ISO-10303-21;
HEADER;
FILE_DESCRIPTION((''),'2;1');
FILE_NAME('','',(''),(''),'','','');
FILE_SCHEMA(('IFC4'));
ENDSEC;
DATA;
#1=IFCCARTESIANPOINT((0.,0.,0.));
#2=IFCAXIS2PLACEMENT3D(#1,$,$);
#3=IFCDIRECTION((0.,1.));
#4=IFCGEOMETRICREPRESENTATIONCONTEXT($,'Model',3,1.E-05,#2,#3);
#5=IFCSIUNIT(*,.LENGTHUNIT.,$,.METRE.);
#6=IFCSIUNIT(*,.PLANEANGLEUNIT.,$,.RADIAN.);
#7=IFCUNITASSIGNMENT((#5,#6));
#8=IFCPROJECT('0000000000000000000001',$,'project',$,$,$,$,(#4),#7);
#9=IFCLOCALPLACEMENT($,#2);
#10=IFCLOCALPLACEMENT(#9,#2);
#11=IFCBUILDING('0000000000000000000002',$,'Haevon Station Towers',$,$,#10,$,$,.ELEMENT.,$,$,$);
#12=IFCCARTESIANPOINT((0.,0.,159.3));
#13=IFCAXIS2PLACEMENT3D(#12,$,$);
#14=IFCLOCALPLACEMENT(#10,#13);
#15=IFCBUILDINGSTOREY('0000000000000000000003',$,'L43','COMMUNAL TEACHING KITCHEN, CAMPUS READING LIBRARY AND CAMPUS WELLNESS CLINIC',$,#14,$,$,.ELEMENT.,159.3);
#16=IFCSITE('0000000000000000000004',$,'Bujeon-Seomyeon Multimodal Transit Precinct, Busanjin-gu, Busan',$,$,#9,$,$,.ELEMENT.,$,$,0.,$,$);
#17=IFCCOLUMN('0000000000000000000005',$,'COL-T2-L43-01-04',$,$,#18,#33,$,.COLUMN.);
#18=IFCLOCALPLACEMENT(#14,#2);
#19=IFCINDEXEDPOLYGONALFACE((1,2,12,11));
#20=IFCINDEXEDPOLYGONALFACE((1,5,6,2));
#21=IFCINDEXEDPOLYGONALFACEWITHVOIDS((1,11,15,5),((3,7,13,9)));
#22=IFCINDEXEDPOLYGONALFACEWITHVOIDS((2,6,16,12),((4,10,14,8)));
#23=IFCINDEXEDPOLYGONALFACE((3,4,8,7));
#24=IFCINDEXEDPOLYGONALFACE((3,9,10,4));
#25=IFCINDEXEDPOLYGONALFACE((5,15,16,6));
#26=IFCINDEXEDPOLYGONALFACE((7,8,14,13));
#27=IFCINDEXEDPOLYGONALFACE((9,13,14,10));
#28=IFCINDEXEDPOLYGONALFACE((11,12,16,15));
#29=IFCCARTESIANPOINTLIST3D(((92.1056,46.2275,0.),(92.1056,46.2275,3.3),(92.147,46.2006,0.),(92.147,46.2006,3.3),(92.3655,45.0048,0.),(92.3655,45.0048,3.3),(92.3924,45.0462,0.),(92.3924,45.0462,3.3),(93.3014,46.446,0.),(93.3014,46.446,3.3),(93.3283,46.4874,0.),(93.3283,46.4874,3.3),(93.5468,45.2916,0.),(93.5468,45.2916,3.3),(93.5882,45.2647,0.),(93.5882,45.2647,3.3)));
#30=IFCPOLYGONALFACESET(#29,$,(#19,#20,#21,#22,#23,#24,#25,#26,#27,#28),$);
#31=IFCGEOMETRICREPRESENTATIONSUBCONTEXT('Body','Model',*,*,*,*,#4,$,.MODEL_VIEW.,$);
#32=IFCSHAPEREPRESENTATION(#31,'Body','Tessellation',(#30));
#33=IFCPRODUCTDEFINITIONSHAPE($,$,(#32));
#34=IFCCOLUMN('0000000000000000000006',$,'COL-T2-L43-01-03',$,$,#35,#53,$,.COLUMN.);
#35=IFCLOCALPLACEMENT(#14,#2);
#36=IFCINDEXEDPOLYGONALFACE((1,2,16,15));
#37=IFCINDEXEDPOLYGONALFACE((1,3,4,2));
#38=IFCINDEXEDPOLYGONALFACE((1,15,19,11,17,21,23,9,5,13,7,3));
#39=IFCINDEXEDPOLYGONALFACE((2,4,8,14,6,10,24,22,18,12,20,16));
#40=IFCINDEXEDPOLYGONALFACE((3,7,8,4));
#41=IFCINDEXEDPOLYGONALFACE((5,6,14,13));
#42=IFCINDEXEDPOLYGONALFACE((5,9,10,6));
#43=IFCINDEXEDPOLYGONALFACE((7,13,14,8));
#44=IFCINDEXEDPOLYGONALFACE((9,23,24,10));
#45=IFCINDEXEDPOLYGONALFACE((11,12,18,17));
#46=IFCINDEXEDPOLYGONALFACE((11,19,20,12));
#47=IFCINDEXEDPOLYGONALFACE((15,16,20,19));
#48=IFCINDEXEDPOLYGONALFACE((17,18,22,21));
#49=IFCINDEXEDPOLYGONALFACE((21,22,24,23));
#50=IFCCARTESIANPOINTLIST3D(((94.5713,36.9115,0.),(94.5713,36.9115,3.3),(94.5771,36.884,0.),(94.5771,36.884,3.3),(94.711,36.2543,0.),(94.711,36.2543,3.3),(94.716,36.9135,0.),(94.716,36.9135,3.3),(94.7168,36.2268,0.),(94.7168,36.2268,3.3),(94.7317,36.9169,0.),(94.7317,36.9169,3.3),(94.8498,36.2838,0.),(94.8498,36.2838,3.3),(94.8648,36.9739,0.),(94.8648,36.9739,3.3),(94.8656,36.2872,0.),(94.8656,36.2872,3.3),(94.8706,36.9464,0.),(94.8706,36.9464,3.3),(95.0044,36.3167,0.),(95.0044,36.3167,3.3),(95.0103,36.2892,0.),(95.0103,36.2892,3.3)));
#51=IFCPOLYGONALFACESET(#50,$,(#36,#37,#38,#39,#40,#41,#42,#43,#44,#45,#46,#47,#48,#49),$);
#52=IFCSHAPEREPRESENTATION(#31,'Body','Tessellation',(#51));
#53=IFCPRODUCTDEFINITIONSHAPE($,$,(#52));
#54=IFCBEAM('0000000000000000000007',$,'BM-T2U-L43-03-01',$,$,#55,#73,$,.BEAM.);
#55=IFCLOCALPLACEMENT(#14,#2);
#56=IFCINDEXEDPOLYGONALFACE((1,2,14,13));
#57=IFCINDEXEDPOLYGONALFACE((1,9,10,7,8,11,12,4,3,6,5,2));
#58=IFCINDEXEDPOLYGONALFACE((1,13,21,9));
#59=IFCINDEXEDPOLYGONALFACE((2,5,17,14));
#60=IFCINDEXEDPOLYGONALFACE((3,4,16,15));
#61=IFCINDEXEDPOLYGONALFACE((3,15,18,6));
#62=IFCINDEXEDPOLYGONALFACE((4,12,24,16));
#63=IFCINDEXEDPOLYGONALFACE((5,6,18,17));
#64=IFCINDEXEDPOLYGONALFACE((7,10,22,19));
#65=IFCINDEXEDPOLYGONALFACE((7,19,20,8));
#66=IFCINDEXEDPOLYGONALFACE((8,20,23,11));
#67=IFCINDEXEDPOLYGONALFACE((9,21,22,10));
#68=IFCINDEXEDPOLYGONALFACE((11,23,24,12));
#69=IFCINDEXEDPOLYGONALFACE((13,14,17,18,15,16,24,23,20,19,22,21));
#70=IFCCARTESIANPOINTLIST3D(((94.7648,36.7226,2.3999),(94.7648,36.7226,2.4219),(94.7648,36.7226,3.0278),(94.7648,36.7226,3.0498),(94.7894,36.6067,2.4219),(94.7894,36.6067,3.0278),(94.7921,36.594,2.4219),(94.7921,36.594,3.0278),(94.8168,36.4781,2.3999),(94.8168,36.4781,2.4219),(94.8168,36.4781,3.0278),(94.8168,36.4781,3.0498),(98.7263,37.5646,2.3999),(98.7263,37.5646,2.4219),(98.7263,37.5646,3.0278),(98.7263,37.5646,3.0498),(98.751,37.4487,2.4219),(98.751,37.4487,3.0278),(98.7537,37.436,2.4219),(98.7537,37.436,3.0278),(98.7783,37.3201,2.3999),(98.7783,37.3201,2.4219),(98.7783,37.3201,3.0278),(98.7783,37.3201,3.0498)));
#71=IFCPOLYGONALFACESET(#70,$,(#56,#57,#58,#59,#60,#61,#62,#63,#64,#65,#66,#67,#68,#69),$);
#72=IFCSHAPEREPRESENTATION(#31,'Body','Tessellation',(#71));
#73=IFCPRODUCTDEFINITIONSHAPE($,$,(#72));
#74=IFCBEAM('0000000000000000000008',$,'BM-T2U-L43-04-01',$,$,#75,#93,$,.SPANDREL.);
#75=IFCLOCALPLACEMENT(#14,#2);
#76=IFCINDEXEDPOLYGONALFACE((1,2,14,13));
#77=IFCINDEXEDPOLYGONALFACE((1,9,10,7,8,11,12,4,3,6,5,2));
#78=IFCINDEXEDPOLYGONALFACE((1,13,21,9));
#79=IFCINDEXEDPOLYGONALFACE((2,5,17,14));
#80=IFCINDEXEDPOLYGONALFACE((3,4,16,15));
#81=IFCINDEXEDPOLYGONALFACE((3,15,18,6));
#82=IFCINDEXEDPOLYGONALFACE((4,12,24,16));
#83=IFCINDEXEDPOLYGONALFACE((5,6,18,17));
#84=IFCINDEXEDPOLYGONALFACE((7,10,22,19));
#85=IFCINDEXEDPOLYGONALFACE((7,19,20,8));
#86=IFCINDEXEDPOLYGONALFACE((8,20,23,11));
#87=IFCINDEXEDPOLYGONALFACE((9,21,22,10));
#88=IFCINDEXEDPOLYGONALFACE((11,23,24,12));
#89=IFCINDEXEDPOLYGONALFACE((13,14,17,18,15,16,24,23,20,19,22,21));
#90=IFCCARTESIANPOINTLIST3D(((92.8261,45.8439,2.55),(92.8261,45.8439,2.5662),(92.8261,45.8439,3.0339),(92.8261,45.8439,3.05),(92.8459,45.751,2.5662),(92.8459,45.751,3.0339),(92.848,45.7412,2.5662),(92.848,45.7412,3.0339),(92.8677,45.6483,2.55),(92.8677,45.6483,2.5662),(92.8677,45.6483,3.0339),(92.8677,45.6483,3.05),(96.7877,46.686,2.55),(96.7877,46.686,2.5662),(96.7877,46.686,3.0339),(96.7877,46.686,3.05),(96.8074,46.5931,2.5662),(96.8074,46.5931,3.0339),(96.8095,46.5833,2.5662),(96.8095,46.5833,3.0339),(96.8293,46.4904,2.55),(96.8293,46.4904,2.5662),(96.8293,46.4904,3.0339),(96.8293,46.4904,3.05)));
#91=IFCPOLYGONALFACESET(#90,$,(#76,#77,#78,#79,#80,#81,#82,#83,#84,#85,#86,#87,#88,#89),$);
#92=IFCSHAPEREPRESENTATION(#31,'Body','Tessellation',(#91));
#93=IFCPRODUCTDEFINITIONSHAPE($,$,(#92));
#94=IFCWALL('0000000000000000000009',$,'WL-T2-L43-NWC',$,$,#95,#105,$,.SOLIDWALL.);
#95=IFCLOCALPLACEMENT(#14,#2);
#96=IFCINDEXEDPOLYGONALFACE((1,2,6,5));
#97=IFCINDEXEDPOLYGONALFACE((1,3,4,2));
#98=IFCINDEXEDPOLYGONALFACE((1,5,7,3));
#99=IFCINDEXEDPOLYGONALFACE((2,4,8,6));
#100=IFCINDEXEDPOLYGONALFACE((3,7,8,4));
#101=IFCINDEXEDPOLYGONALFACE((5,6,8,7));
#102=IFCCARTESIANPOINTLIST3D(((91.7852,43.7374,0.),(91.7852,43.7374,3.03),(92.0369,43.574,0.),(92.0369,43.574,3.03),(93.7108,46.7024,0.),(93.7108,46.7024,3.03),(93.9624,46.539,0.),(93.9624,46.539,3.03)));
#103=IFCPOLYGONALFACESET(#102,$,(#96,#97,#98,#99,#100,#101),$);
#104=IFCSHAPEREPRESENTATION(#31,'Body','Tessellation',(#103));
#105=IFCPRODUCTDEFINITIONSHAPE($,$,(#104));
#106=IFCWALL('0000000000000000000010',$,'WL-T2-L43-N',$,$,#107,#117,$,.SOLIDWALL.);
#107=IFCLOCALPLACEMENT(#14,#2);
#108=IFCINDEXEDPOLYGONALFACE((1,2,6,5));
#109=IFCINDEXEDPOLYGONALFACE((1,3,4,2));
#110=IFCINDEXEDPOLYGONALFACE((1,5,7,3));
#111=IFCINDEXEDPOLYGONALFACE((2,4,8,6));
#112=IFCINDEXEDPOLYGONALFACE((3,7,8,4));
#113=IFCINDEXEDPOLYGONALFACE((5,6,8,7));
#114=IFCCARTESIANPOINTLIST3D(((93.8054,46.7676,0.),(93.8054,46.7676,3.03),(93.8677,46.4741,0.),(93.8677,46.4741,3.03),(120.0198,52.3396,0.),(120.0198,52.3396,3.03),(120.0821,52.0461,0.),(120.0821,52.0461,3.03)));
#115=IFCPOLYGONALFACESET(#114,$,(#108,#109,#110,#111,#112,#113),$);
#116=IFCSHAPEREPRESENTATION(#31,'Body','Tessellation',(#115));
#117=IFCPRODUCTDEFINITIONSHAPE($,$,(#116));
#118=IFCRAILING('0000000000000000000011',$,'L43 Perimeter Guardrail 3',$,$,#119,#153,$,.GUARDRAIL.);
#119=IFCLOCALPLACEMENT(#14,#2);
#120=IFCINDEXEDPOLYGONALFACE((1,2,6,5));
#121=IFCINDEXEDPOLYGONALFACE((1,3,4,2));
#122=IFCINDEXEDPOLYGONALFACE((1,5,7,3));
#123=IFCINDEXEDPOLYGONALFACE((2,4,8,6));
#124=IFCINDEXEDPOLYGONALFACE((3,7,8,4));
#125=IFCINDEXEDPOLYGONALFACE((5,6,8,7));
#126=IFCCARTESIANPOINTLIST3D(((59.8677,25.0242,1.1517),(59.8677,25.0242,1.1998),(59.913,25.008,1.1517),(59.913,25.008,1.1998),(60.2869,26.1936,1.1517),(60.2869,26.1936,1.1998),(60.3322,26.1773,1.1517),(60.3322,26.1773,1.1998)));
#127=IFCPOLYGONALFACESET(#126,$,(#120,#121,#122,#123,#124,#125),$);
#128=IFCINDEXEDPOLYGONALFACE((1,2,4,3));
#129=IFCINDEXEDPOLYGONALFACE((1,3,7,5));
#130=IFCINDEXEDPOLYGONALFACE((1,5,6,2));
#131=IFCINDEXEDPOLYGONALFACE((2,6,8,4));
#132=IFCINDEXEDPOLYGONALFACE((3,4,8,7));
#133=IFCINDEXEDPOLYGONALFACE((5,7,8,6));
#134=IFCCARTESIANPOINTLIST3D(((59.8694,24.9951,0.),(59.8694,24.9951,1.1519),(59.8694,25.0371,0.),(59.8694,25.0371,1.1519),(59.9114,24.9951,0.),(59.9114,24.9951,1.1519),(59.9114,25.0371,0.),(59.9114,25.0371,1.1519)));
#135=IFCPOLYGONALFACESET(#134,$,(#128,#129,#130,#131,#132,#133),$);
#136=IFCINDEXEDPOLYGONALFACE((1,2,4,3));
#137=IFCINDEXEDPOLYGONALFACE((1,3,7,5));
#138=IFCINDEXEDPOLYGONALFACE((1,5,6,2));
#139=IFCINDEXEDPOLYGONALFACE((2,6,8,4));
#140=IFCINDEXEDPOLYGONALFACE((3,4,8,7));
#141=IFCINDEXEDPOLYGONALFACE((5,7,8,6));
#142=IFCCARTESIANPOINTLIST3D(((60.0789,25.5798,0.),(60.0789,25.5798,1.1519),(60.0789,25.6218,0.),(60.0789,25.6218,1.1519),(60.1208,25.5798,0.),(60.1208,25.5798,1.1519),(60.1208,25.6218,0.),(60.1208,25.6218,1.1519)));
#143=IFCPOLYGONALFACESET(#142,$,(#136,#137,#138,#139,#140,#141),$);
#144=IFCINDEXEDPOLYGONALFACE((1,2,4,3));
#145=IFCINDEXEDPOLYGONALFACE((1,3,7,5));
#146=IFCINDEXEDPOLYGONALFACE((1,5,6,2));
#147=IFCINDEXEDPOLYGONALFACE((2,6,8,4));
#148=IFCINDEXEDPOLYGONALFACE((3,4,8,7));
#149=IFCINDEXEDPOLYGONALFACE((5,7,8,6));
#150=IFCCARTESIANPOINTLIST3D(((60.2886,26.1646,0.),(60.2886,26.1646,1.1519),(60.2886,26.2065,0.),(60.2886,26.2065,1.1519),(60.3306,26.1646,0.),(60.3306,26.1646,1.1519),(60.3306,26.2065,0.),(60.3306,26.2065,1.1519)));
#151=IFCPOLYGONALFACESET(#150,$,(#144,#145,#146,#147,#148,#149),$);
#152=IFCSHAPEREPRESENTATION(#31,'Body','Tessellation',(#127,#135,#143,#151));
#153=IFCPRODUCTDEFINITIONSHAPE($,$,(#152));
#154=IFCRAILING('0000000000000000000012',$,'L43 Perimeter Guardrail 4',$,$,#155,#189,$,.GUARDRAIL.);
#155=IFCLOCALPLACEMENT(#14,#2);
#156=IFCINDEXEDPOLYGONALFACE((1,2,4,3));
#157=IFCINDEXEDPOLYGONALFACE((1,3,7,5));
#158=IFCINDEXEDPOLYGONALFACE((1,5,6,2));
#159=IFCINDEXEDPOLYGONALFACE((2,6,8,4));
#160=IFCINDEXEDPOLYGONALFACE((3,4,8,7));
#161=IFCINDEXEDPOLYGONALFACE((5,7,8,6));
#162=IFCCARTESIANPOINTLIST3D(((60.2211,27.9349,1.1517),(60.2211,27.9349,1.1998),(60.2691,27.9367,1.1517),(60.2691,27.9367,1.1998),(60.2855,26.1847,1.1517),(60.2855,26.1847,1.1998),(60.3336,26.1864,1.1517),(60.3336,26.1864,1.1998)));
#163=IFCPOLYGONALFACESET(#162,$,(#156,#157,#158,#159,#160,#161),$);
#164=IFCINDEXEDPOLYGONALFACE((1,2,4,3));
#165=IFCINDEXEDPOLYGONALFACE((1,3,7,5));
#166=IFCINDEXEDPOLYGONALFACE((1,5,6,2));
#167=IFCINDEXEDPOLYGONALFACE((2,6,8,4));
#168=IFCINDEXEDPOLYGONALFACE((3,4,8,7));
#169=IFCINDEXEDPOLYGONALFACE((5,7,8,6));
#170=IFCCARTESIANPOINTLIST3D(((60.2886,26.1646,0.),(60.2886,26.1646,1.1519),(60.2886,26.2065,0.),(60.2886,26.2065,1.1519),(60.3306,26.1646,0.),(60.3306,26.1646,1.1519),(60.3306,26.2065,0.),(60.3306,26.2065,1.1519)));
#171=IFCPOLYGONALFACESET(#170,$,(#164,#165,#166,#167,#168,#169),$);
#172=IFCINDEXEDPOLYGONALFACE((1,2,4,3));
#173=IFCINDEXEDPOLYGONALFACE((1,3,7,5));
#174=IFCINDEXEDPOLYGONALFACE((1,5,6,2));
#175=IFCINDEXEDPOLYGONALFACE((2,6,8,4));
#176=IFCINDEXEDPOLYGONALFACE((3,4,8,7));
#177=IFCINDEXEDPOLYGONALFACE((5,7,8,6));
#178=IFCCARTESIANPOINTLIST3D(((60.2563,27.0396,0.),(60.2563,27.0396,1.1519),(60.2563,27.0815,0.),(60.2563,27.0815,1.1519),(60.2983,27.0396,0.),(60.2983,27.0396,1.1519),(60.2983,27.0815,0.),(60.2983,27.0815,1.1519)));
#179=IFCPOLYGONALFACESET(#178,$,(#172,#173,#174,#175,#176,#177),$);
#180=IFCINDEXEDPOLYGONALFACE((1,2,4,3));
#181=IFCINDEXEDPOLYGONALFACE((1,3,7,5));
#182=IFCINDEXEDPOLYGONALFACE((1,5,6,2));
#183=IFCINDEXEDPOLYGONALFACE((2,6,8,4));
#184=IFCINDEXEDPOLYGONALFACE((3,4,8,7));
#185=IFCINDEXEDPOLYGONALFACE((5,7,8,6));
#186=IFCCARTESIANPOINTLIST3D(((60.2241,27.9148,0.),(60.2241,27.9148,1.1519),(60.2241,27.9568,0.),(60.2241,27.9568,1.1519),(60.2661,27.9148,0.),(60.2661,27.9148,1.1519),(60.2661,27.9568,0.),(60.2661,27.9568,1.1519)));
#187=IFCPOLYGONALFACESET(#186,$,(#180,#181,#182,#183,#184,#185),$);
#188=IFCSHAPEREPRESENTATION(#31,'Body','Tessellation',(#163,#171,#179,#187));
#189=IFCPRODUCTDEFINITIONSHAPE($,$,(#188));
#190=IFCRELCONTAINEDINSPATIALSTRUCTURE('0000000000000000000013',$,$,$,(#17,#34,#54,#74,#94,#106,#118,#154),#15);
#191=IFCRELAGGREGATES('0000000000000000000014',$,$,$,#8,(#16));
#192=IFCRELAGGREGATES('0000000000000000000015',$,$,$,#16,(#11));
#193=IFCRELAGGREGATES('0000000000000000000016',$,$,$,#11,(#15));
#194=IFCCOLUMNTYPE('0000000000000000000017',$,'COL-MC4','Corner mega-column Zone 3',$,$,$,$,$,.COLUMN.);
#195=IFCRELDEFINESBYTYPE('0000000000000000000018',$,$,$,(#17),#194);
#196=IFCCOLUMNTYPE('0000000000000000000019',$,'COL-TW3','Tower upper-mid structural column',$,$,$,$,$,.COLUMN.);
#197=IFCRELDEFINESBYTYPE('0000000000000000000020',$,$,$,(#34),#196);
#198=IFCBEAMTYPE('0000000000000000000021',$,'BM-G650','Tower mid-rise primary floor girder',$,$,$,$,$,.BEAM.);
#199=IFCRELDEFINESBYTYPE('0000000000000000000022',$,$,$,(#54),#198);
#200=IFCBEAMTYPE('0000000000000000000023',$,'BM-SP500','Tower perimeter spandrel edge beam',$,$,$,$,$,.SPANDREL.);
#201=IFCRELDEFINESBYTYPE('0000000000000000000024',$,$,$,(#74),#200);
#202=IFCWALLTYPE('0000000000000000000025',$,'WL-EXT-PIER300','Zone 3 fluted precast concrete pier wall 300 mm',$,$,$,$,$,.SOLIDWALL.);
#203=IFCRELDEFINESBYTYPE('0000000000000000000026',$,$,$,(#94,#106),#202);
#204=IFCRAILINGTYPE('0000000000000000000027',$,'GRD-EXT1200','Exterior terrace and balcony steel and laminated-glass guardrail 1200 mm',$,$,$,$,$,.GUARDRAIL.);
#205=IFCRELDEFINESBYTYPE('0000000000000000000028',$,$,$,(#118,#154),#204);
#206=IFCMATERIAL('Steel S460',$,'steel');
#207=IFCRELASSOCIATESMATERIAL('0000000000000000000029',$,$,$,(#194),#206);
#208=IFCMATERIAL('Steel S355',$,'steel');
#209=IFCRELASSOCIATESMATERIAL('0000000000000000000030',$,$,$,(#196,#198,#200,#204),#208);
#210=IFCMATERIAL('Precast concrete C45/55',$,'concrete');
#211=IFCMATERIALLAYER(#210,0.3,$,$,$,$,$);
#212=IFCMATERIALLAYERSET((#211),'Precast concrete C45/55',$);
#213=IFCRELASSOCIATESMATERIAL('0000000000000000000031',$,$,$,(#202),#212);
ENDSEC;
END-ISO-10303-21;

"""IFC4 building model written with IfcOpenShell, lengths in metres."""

from ifc_helpers import new_model, si_unit, direction, frame, frame_2d, origin, origin_2d, place, context, subcontext, project, spatial, rectangle, hollow_rectangle, i_section, extrude, material, layer, layer_set, material_profile, profile_set, type_object, element, save


model = new_model("IFC4")

# Units and contexts
model_context = context("Model", 3, precision=1e-05, world=origin(), true_north=direction((0.0, 1.0)))
body_context = subcontext(model_context, "Body", "Model", "MODEL_VIEW")
ifc_project = project(units=[si_unit("LENGTHUNIT", "METRE"), si_unit("PLANEANGLEUNIT", "RADIAN")], contexts=[model_context])

# Site, building, storey
site_placement = place(None, origin())
site = spatial("IfcSite", under=ifc_project, at=site_placement, Name="Bujeon-Seomyeon Multimodal Transit Precinct, Busanjin-gu, Busan", CompositionType="ELEMENT", RefElevation=0.0)
building_placement = place(site_placement, origin())
building = spatial("IfcBuilding", under=site, at=building_placement, Name="Haevon Station Towers", CompositionType="ELEMENT")
storey_placement = place(building_placement, frame((0.0, 0.0, 159.3)))
storey = spatial("IfcBuildingStorey", under=building, at=storey_placement, Name="L43", Description="COMMUNAL TEACHING KITCHEN, CAMPUS READING LIBRARY AND CAMPUS WELLNESS CLINIC", CompositionType="ELEMENT", Elevation=159.3)

# Columns
ifc_material_1 = material(Name="Steel S460", Category="steel")
ifc_material_profile_1 = material_profile(ifc_material_1, hollow_rectangle(XDim=1.25, YDim=1.25, WallThickness=0.0349, at=origin_2d()), Name="BOX-1250x1250x35")
ifc_profile_set_1 = profile_set([ifc_material_profile_1], Name="Steel S460")
column_type_1 = type_object("IfcColumnType", Name="COL-MC4", Description="Corner mega-column Zone 3", PredefinedType="COLUMN", material=ifc_profile_set_1)
column_1_placement = place(storey_placement, frame((92.8469, 45.7461, 0.0), z_axis=(0.0, 0.0, 1.0), x_axis=(0.978148, 0.207912, 0.0)))
element("IfcColumn", 1, at=column_1_placement, inside=storey, type_object=column_type_1, Name="COL-T2-L43-01-04", PredefinedType="COLUMN", context=body_context, shape_type="SweptSolid", body=[
    extrude(hollow_rectangle(XDim=1.25, YDim=1.25, WallThickness=0.0349, at=origin_2d()), origin(), (0.0, 0.0, 1.0), 3.3),
])
ifc_material_2 = material(Name="Steel S355", Category="steel")
ifc_material_profile_2 = material_profile(ifc_material_2, i_section(OverallWidth=0.3, OverallDepth=0.7, WebThickness=0.0161, FlangeThickness=0.0281, at=origin_2d()), Name="H-700x300x16x28")
ifc_profile_set_2 = profile_set([ifc_material_profile_2], Name="Steel S355")
column_type_2 = type_object("IfcColumnType", Name="COL-TW3", Description="Tower upper-mid structural column", PredefinedType="COLUMN", material=ifc_profile_set_2)
column_2_placement = place(storey_placement, frame((94.7908, 36.6003, 0.0), z_axis=(0.0, 0.0, 1.0), x_axis=(0.978148, 0.207912, 0.0)))
element("IfcColumn", 2, at=column_2_placement, inside=storey, type_object=column_type_2, Name="COL-T2-L43-01-03", PredefinedType="COLUMN", context=body_context, shape_type="SweptSolid", body=[
    extrude(i_section(OverallWidth=0.3, OverallDepth=0.7, WebThickness=0.0161, FlangeThickness=0.0281, at=origin_2d()), origin(), (0.0, 0.0, 1.0), 3.3),
])

# Beams
ifc_material_profile_3 = material_profile(ifc_material_2, i_section(OverallWidth=0.25, OverallDepth=0.6499, WebThickness=0.0129, FlangeThickness=0.022, at=origin_2d()), Name="H-650x250x13x22")
ifc_profile_set_3 = profile_set([ifc_material_profile_3], Name="Steel S355")
beam_type_1 = type_object("IfcBeamType", Name="BM-G650", Description="Tower mid-rise primary floor girder", PredefinedType="BEAM", material=ifc_profile_set_3)
beam_1_placement = place(storey_placement, frame((94.7908, 36.6003, 2.7249), z_axis=(0.97815, 0.207903, 0.0), x_axis=(-0.207903, 0.97815, 0.0)))
element("IfcBeam", 3, at=beam_1_placement, inside=storey, type_object=beam_type_1, Name="BM-T2U-L43-03-01", PredefinedType="BEAM", context=body_context, shape_type="SweptSolid", body=[
    extrude(i_section(OverallWidth=0.25, OverallDepth=0.6499, WebThickness=0.0129, FlangeThickness=0.022, at=origin_2d()), origin(), (0.0, 0.0, 1.0), 4.05),
])
ifc_material_profile_4 = material_profile(ifc_material_2, i_section(OverallWidth=0.2, OverallDepth=0.5, WebThickness=0.01, FlangeThickness=0.0161, at=origin_2d()), Name="H-500x200x10x16")
ifc_profile_set_4 = profile_set([ifc_material_profile_4], Name="Steel S355")
beam_type_2 = type_object("IfcBeamType", Name="BM-SP500", Description="Tower perimeter spandrel edge beam", PredefinedType="SPANDREL", material=ifc_profile_set_4)
beam_2_placement = place(storey_placement, frame((92.8469, 45.7461, 2.8), z_axis=(0.978147, 0.207915, 0.0), x_axis=(-0.207915, 0.978147, 0.0)))
element("IfcBeam", 4, at=beam_2_placement, inside=storey, type_object=beam_type_2, Name="BM-T2U-L43-04-01", PredefinedType="SPANDREL", context=body_context, shape_type="SweptSolid", body=[
    extrude(i_section(OverallWidth=0.2, OverallDepth=0.5, WebThickness=0.01, FlangeThickness=0.0161, at=origin_2d()), origin(), (0.0, 0.0, 1.0), 4.05),
])

# Walls
ifc_material_3 = material(Name="Precast concrete C45/55", Category="concrete")
ifc_layer = layer(ifc_material_3, 0.3)
ifc_layer_set = layer_set([ifc_layer], Name="Precast concrete C45/55")
wall_type = type_object("IfcWallType", Name="WL-EXT-PIER300", Description="Zone 3 fluted precast concrete pier wall 300 mm", PredefinedType="SOLIDWALL", material=ifc_layer_set)
wall_1_placement = place(storey_placement, frame((91.9111, 43.6558, 0.0), z_axis=(0.0, 0.0, 1.0), x_axis=(0.544636, 0.838672, 0.0)))
element("IfcWall", 5, at=wall_1_placement, inside=storey, type_object=wall_type, Name="WL-T2-L43-NWC", PredefinedType="SOLIDWALL", context=body_context, shape_type="SweptSolid", body=[
    extrude(rectangle(XDim=3.5354, YDim=0.3, at=frame_2d((1.7676, 0.0))), origin(), (0.0, 0.0, 1.0), 3.03),
])
wall_2_placement = place(storey_placement, frame((93.8367, 46.6208, 0.0), z_axis=(0.0, 0.0, 1.0), x_axis=(0.978148, 0.207911, 0.0)))
element("IfcWall", 6, at=wall_2_placement, inside=storey, type_object=wall_type, Name="WL-T2-L43-N", PredefinedType="SOLIDWALL", context=body_context, shape_type="SweptSolid", body=[
    extrude(rectangle(XDim=26.8, YDim=0.3, at=frame_2d((13.3999, 0.0))), origin(), (0.0, 0.0, 1.0), 3.03),
])

# Railings
railing_type = type_object("IfcRailingType", Name="GRD-EXT1200", Description="Exterior terrace and balcony steel and laminated-glass guardrail 1200 mm", PredefinedType="GUARDRAIL", material=ifc_material_2)
railing_1_placement = place(storey_placement, frame((59.8904, 25.0161, 0.0)))
element("IfcRailing", 7, at=railing_1_placement, inside=storey, type_object=railing_type, Name="L43 Perimeter Guardrail 3", PredefinedType="GUARDRAIL", context=body_context, shape_type="SweptSolid", body=[
    extrude(rectangle(XDim=0.0481, YDim=0.0481, at=origin_2d()), frame((0.0, 0.0, 1.1758), z_axis=(0.337432, 0.94135, 0.0), x_axis=(-0.94135, 0.337432, 0.0)), (0.0, 0.0, 1.0), 1.2422),
    extrude(rectangle(XDim=0.042, YDim=0.042, at=origin_2d()), origin(), (0.0, 0.0, 1.0), 1.1519),
    extrude(rectangle(XDim=0.042, YDim=0.042, at=origin_2d()), frame((0.2095, 0.5847, 0.0)), (0.0, 0.0, 1.0), 1.1519),
    extrude(rectangle(XDim=0.042, YDim=0.042, at=origin_2d()), frame((0.4192, 1.1694, 0.0)), (0.0, 0.0, 1.0), 1.1519),
])
railing_2_placement = place(storey_placement, frame((60.3096, 26.1855, 0.0)))
element("IfcRailing", 8, at=railing_2_placement, inside=storey, type_object=railing_type, Name="L43 Perimeter Guardrail 4", PredefinedType="GUARDRAIL", context=body_context, shape_type="SweptSolid", body=[
    extrude(rectangle(XDim=0.0481, YDim=0.0481, at=origin_2d()), frame((0.0, 0.0, 1.1758), z_axis=(-0.0368, 0.999323, 0.0), x_axis=(-0.999323, -0.0368, 0.0)), (0.0, 0.0, 1.0), 1.7515),
    extrude(rectangle(XDim=0.042, YDim=0.042, at=origin_2d()), origin(), (0.0, 0.0, 1.0), 1.1519),
    extrude(rectangle(XDim=0.042, YDim=0.042, at=origin_2d()), frame((-0.0322, 0.875, 0.0)), (0.0, 0.0, 1.0), 1.1519),
    extrude(rectangle(XDim=0.042, YDim=0.042, at=origin_2d()), frame((-0.0645, 1.7502, 0.0)), (0.0, 0.0, 1.0), 1.1519),
])

save(model, "model.ifc")
